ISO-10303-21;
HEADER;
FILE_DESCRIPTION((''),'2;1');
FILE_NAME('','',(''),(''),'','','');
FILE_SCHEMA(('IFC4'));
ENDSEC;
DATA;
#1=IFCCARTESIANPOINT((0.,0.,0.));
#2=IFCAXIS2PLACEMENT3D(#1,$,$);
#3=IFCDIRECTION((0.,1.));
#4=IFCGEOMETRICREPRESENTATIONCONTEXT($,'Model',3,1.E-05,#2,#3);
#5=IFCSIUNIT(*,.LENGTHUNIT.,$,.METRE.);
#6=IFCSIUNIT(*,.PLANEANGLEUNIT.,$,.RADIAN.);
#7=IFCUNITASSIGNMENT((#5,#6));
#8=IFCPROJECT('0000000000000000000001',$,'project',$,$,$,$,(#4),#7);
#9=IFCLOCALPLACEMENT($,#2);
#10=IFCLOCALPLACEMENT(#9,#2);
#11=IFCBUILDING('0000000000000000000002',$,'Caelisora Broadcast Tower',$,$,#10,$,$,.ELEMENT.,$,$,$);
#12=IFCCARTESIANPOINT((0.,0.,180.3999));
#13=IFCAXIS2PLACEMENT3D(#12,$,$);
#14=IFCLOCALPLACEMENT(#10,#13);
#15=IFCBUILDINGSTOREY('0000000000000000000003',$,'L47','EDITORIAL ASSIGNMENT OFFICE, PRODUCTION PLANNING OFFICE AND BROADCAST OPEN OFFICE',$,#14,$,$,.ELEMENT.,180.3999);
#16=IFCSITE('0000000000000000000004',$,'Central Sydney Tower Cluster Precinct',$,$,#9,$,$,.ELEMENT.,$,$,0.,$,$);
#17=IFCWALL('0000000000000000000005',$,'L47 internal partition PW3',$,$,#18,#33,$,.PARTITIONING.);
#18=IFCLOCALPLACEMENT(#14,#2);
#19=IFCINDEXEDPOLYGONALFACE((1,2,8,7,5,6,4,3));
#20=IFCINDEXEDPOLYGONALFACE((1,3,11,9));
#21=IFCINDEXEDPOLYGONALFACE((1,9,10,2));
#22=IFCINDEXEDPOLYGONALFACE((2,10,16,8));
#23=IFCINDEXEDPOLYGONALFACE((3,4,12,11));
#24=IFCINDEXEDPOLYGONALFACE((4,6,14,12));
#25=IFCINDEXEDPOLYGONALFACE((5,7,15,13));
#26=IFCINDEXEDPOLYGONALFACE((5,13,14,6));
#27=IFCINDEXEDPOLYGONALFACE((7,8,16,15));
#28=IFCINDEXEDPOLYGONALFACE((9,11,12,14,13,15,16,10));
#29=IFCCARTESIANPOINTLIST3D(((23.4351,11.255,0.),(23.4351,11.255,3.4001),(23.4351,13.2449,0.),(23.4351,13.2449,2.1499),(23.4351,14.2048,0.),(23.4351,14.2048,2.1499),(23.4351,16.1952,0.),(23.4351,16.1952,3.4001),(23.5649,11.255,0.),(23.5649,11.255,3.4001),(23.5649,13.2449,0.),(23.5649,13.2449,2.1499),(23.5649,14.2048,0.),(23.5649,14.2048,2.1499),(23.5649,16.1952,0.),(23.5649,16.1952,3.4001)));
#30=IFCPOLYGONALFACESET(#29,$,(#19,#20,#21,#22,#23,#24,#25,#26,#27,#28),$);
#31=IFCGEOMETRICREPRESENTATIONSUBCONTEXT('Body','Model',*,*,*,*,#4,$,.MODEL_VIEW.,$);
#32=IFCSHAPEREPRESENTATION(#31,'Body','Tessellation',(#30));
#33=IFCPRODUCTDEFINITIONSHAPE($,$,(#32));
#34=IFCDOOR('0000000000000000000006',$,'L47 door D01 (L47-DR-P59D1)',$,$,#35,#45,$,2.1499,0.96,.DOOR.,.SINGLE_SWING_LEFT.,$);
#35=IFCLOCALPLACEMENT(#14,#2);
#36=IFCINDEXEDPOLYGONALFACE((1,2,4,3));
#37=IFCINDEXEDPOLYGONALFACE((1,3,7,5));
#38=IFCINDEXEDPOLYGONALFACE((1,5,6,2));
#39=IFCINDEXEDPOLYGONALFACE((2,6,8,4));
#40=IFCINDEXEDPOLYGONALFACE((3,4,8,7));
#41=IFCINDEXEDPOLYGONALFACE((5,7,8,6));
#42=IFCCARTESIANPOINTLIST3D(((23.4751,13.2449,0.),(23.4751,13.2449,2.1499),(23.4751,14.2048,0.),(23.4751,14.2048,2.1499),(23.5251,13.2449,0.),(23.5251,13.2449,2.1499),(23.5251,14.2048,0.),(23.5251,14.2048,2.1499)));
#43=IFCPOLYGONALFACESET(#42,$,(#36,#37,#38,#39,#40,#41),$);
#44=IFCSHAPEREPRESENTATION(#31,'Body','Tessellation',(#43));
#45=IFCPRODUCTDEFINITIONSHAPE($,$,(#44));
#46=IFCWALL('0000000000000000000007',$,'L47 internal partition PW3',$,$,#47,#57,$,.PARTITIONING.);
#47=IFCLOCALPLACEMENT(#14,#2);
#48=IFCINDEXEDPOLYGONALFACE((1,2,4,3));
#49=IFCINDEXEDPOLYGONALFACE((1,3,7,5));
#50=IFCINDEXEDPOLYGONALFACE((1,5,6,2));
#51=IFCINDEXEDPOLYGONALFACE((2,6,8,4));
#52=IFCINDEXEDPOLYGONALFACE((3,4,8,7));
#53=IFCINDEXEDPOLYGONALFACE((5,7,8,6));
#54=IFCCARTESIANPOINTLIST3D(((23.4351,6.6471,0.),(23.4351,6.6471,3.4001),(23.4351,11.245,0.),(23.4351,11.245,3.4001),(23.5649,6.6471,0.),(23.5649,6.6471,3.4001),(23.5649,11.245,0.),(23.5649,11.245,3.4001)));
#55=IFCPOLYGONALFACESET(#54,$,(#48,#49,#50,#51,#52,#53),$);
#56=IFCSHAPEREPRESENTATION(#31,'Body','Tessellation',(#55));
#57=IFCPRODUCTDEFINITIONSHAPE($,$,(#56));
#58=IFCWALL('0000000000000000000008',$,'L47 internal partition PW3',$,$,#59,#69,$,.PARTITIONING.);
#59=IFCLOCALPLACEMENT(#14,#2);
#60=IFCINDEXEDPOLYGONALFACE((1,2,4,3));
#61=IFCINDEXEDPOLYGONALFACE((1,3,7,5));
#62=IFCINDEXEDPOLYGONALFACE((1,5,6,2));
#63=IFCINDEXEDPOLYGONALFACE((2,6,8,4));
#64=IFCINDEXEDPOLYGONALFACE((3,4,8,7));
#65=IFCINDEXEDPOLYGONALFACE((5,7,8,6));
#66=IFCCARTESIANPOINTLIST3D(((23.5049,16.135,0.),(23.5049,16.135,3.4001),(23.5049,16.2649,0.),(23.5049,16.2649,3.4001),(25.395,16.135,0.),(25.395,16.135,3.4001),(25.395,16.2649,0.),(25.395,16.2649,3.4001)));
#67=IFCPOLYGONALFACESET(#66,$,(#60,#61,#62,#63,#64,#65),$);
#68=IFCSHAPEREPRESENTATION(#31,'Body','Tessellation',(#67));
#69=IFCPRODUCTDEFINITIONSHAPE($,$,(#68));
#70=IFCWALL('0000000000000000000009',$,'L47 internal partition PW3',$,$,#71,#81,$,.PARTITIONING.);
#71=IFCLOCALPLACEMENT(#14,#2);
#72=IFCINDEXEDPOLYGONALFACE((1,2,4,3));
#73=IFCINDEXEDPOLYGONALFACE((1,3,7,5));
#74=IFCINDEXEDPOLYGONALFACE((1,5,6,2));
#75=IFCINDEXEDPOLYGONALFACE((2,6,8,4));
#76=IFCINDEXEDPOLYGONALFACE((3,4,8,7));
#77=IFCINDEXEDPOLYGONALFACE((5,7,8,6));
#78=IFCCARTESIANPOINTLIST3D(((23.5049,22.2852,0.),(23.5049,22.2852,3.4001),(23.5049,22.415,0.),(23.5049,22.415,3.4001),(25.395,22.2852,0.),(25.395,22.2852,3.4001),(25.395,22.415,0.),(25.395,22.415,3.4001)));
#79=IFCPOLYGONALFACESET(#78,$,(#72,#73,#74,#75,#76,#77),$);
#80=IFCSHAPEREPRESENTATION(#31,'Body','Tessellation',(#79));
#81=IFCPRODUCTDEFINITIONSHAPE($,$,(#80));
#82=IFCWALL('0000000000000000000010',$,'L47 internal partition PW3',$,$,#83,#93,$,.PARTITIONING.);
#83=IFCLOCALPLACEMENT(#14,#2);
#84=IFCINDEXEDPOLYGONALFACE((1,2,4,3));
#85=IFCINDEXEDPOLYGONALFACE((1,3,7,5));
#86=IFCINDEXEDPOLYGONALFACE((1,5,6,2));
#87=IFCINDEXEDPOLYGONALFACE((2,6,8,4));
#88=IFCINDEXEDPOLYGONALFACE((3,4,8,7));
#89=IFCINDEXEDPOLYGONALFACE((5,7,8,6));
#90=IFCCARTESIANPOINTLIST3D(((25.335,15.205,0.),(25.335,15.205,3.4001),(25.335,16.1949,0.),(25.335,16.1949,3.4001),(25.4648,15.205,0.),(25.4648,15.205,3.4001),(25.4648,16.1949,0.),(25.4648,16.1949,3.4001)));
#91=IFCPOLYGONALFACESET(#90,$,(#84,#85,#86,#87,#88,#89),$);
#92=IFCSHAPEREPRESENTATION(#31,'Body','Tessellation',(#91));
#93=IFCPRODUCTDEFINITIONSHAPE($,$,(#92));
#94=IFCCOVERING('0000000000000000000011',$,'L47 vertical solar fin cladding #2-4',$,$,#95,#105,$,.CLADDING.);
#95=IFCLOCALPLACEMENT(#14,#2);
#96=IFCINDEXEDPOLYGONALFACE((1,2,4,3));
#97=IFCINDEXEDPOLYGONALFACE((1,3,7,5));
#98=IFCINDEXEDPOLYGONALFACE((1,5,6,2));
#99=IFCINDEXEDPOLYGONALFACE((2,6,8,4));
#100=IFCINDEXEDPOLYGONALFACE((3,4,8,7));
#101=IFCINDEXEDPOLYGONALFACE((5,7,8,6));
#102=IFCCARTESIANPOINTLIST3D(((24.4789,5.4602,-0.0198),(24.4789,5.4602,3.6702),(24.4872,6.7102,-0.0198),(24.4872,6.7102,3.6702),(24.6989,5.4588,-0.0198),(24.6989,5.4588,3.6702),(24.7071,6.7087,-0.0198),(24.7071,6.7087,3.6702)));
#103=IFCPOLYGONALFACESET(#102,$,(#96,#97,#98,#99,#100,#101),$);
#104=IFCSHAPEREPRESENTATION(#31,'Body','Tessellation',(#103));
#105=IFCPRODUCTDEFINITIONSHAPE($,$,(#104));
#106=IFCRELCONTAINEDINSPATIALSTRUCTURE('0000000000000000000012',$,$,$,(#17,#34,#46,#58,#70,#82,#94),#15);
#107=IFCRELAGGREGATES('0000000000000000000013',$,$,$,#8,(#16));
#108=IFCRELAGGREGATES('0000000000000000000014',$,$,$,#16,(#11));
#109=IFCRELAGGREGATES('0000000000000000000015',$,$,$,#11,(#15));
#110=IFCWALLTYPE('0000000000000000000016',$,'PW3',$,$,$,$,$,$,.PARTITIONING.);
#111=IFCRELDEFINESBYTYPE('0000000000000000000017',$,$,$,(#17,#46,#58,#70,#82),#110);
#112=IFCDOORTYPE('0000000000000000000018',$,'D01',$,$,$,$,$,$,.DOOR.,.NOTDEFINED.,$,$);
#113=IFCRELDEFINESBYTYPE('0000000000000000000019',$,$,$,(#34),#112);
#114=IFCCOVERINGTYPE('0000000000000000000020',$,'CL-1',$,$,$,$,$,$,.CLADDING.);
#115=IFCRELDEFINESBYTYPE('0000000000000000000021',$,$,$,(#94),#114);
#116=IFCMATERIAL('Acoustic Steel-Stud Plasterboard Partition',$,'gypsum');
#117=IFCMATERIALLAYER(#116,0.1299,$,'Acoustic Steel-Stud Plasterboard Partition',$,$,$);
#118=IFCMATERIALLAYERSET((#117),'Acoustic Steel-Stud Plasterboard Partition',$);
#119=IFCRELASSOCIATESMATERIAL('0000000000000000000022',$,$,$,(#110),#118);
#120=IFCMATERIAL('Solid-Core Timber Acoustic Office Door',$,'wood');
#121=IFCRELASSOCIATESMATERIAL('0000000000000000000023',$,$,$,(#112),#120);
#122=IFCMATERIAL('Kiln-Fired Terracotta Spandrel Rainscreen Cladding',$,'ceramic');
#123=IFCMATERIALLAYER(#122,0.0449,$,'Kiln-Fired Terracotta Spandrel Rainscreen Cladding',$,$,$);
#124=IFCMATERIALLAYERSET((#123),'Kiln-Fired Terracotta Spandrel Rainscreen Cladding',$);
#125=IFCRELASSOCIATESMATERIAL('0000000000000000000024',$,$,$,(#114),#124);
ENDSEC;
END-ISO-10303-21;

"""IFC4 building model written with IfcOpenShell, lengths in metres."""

from ifc_helpers import new_model, si_unit, direction, frame, frame_2d, origin, origin_2d, place, context, subcontext, project, spatial, rectangle, extrude, source, transform, mapped, material, layer, layer_set, type_object, type_shapes, element, fill, save


model = new_model("IFC4")

# Units and contexts
model_context = context("Model", 3, precision=1e-05, world=origin(), true_north=direction((0.0, 1.0)))
body_context = subcontext(model_context, "Body", "Model", "MODEL_VIEW")
ifc_project = project(units=[si_unit("LENGTHUNIT", "METRE"), si_unit("PLANEANGLEUNIT", "RADIAN")], contexts=[model_context])

# Site, building, storey
site_placement = place(None, origin())
site = spatial("IfcSite", under=ifc_project, at=site_placement, Name="Central Sydney Tower Cluster Precinct", CompositionType="ELEMENT", RefElevation=0.0)
building_placement = place(site_placement, origin())
building = spatial("IfcBuilding", under=site, at=building_placement, Name="Caelisora Broadcast Tower", CompositionType="ELEMENT")
storey_placement = place(building_placement, frame((0.0, 0.0, 180.3999)))
storey = spatial("IfcBuildingStorey", under=building, at=storey_placement, Name="L47", Description="EDITORIAL ASSIGNMENT OFFICE, PRODUCTION PLANNING OFFICE AND BROADCAST OPEN OFFICE", CompositionType="ELEMENT", Elevation=180.3999)

# Wall, opening, door
ifc_material_1 = material(Name="Acoustic Steel-Stud Plasterboard Partition", Category="gypsum")
ifc_layer_1 = layer(ifc_material_1, 0.1299, Name="Acoustic Steel-Stud Plasterboard Partition")
ifc_layer_set_1 = layer_set([ifc_layer_1], Name="Acoustic Steel-Stud Plasterboard Partition")
wall_type = type_object("IfcWallType", Name="PW3", PredefinedType="PARTITIONING", material=ifc_layer_set_1)
ifc_material_2 = material(Name="Solid-Core Timber Acoustic Office Door", Category="wood")
door_type = type_object("IfcDoorType", Name="D01", OperationType="NOTDEFINED", PredefinedType="DOOR", material=ifc_material_2)
wall_1_placement = place(storey_placement, frame((23.5, 11.2549, 0.0), z_axis=(0.0, 0.0, 1.0), x_axis=(0.0, 1.0, 0.0)))
wall_1 = element("IfcWall", 1, at=wall_1_placement, inside=storey, type_object=wall_type, Name="L47 internal partition PW3", PredefinedType="PARTITIONING", context=body_context, shape_type="SweptSolid", body=[
    extrude(rectangle(XDim=4.9402, YDim=0.1299, at=frame_2d((2.4702, 0.0))), origin(), (0.0, 0.0, 1.0), 3.4001),
])
opening_1_placement = place(wall_1_placement, frame((1.99, 0.0, 0.0)))
opening_1 = element("IfcOpeningElement", 2, at=opening_1_placement, cuts=wall_1, PredefinedType="OPENING", context=body_context, shape_type="SweptSolid", body=[
    extrude(rectangle(XDim=0.96, YDim=2.1499, at=frame_2d((0.48, 1.075))), frame((0.0, 0.0769, 0.0), z_axis=(0.0, -1.0, 0.0), x_axis=(1.0, 0.0, 0.0)), (0.0, 0.0, 1.0), 0.1538),
])
door_1_placement = place(opening_1_placement, origin())
door_1 = element("IfcDoor", 3, at=door_1_placement, inside=storey, type_object=door_type, Name="L47 door D01 (L47-DR-P59D1)", OperationType="SINGLE_SWING_LEFT", OverallHeight=2.1499, OverallWidth=0.96, PredefinedType="DOOR", context=body_context, shape_type="SweptSolid", body=[
    extrude(rectangle(XDim=0.96, YDim=2.1499, at=frame_2d((0.48, 1.075))), frame((0.0, 0.0249, 0.0), z_axis=(0.0, -1.0, 0.0), x_axis=(1.0, 0.0, 0.0)), (0.0, 0.0, 1.0), 0.05),
])
fill(opening_1, door_1)

# Wall
wall_2_placement = place(storey_placement, frame((23.5, 6.6472, 0.0), z_axis=(0.0, 0.0, 1.0), x_axis=(0.0, 1.0, 0.0)))
element("IfcWall", 4, at=wall_2_placement, inside=storey, type_object=wall_type, Name="L47 internal partition PW3", PredefinedType="PARTITIONING", context=body_context, shape_type="SweptSolid", body=[
    extrude(rectangle(XDim=4.5979, YDim=0.1299, at=frame_2d((2.2988, 0.0))), origin(), (0.0, 0.0, 1.0), 3.4001),
])

# Walls
for number, where, z_axis, x_axis, name in (
    (5, (23.5049, 16.2, 0.0), (0.0, 0.0, 1.0), (1.0, 0.0, 0.0), "L47 internal partition PW3"),
    (6, (23.5049, 22.3501, 0.0), (0.0, 0.0, 1.0), (1.0, 0.0, 0.0), "L47 internal partition PW3"),
):
    element("IfcWall", number, at=place(storey_placement, frame(where, z_axis=z_axis, x_axis=x_axis)), inside=storey, type_object=wall_type, Name=name, PredefinedType="PARTITIONING", context=body_context, shape_type="SweptSolid", body=[
        extrude(rectangle(XDim=1.8901, YDim=0.1299, at=frame_2d((0.9451, 0.0))), origin(), (0.0, 0.0, 1.0), 3.4001),
    ])
wall_3_placement = place(storey_placement, frame((25.3999, 16.1951, 0.0), z_axis=(0.0, 0.0, 1.0), x_axis=(0.0, -1.0, 0.0)))
element("IfcWall", 7, at=wall_3_placement, inside=storey, type_object=wall_type, Name="L47 internal partition PW3", PredefinedType="PARTITIONING", context=body_context, shape_type="SweptSolid", body=[
    extrude(rectangle(XDim=0.99, YDim=0.1299, at=frame_2d((0.4951, 0.0))), origin(), (0.0, 0.0, 1.0), 3.4001),
])

# Covering
ifc_material_3 = material(Name="Kiln-Fired Terracotta Spandrel Rainscreen Cladding", Category="ceramic")
ifc_layer_2 = layer(ifc_material_3, 0.0449, Name="Kiln-Fired Terracotta Spandrel Rainscreen Cladding")
ifc_layer_set_2 = layer_set([ifc_layer_2], Name="Kiln-Fired Terracotta Spandrel Rainscreen Cladding")
covering_type = type_object("IfcCoveringType", Name="CL-1", PredefinedType="CLADDING", material=ifc_layer_set_2)
shared_shape_1 = source(origin(), body_context, "Body", "SweptSolid", [
    extrude(rectangle(XDim=0.22, YDim=1.25, at=origin_2d()), origin(), (0.0, 0.0, 1.0), 3.6899),
])
type_shapes(covering_type, [shared_shape_1])
covering_placement = place(storey_placement, frame((24.593, 6.0845, -0.0198), z_axis=(0.0, 0.0, 1.0), x_axis=(-0.999978, 0.006632, 0.0)))
element("IfcCovering", 8, at=covering_placement, inside=storey, type_object=covering_type, Name="L47 vertical solar fin cladding #2-4", PredefinedType="CLADDING", context=body_context, shape_type="MappedRepresentation", body=[
    mapped(shared_shape_1, transform((0.0, 0.0, 0.0), scale=1.0)),
])

save(model, "model.ifc")
